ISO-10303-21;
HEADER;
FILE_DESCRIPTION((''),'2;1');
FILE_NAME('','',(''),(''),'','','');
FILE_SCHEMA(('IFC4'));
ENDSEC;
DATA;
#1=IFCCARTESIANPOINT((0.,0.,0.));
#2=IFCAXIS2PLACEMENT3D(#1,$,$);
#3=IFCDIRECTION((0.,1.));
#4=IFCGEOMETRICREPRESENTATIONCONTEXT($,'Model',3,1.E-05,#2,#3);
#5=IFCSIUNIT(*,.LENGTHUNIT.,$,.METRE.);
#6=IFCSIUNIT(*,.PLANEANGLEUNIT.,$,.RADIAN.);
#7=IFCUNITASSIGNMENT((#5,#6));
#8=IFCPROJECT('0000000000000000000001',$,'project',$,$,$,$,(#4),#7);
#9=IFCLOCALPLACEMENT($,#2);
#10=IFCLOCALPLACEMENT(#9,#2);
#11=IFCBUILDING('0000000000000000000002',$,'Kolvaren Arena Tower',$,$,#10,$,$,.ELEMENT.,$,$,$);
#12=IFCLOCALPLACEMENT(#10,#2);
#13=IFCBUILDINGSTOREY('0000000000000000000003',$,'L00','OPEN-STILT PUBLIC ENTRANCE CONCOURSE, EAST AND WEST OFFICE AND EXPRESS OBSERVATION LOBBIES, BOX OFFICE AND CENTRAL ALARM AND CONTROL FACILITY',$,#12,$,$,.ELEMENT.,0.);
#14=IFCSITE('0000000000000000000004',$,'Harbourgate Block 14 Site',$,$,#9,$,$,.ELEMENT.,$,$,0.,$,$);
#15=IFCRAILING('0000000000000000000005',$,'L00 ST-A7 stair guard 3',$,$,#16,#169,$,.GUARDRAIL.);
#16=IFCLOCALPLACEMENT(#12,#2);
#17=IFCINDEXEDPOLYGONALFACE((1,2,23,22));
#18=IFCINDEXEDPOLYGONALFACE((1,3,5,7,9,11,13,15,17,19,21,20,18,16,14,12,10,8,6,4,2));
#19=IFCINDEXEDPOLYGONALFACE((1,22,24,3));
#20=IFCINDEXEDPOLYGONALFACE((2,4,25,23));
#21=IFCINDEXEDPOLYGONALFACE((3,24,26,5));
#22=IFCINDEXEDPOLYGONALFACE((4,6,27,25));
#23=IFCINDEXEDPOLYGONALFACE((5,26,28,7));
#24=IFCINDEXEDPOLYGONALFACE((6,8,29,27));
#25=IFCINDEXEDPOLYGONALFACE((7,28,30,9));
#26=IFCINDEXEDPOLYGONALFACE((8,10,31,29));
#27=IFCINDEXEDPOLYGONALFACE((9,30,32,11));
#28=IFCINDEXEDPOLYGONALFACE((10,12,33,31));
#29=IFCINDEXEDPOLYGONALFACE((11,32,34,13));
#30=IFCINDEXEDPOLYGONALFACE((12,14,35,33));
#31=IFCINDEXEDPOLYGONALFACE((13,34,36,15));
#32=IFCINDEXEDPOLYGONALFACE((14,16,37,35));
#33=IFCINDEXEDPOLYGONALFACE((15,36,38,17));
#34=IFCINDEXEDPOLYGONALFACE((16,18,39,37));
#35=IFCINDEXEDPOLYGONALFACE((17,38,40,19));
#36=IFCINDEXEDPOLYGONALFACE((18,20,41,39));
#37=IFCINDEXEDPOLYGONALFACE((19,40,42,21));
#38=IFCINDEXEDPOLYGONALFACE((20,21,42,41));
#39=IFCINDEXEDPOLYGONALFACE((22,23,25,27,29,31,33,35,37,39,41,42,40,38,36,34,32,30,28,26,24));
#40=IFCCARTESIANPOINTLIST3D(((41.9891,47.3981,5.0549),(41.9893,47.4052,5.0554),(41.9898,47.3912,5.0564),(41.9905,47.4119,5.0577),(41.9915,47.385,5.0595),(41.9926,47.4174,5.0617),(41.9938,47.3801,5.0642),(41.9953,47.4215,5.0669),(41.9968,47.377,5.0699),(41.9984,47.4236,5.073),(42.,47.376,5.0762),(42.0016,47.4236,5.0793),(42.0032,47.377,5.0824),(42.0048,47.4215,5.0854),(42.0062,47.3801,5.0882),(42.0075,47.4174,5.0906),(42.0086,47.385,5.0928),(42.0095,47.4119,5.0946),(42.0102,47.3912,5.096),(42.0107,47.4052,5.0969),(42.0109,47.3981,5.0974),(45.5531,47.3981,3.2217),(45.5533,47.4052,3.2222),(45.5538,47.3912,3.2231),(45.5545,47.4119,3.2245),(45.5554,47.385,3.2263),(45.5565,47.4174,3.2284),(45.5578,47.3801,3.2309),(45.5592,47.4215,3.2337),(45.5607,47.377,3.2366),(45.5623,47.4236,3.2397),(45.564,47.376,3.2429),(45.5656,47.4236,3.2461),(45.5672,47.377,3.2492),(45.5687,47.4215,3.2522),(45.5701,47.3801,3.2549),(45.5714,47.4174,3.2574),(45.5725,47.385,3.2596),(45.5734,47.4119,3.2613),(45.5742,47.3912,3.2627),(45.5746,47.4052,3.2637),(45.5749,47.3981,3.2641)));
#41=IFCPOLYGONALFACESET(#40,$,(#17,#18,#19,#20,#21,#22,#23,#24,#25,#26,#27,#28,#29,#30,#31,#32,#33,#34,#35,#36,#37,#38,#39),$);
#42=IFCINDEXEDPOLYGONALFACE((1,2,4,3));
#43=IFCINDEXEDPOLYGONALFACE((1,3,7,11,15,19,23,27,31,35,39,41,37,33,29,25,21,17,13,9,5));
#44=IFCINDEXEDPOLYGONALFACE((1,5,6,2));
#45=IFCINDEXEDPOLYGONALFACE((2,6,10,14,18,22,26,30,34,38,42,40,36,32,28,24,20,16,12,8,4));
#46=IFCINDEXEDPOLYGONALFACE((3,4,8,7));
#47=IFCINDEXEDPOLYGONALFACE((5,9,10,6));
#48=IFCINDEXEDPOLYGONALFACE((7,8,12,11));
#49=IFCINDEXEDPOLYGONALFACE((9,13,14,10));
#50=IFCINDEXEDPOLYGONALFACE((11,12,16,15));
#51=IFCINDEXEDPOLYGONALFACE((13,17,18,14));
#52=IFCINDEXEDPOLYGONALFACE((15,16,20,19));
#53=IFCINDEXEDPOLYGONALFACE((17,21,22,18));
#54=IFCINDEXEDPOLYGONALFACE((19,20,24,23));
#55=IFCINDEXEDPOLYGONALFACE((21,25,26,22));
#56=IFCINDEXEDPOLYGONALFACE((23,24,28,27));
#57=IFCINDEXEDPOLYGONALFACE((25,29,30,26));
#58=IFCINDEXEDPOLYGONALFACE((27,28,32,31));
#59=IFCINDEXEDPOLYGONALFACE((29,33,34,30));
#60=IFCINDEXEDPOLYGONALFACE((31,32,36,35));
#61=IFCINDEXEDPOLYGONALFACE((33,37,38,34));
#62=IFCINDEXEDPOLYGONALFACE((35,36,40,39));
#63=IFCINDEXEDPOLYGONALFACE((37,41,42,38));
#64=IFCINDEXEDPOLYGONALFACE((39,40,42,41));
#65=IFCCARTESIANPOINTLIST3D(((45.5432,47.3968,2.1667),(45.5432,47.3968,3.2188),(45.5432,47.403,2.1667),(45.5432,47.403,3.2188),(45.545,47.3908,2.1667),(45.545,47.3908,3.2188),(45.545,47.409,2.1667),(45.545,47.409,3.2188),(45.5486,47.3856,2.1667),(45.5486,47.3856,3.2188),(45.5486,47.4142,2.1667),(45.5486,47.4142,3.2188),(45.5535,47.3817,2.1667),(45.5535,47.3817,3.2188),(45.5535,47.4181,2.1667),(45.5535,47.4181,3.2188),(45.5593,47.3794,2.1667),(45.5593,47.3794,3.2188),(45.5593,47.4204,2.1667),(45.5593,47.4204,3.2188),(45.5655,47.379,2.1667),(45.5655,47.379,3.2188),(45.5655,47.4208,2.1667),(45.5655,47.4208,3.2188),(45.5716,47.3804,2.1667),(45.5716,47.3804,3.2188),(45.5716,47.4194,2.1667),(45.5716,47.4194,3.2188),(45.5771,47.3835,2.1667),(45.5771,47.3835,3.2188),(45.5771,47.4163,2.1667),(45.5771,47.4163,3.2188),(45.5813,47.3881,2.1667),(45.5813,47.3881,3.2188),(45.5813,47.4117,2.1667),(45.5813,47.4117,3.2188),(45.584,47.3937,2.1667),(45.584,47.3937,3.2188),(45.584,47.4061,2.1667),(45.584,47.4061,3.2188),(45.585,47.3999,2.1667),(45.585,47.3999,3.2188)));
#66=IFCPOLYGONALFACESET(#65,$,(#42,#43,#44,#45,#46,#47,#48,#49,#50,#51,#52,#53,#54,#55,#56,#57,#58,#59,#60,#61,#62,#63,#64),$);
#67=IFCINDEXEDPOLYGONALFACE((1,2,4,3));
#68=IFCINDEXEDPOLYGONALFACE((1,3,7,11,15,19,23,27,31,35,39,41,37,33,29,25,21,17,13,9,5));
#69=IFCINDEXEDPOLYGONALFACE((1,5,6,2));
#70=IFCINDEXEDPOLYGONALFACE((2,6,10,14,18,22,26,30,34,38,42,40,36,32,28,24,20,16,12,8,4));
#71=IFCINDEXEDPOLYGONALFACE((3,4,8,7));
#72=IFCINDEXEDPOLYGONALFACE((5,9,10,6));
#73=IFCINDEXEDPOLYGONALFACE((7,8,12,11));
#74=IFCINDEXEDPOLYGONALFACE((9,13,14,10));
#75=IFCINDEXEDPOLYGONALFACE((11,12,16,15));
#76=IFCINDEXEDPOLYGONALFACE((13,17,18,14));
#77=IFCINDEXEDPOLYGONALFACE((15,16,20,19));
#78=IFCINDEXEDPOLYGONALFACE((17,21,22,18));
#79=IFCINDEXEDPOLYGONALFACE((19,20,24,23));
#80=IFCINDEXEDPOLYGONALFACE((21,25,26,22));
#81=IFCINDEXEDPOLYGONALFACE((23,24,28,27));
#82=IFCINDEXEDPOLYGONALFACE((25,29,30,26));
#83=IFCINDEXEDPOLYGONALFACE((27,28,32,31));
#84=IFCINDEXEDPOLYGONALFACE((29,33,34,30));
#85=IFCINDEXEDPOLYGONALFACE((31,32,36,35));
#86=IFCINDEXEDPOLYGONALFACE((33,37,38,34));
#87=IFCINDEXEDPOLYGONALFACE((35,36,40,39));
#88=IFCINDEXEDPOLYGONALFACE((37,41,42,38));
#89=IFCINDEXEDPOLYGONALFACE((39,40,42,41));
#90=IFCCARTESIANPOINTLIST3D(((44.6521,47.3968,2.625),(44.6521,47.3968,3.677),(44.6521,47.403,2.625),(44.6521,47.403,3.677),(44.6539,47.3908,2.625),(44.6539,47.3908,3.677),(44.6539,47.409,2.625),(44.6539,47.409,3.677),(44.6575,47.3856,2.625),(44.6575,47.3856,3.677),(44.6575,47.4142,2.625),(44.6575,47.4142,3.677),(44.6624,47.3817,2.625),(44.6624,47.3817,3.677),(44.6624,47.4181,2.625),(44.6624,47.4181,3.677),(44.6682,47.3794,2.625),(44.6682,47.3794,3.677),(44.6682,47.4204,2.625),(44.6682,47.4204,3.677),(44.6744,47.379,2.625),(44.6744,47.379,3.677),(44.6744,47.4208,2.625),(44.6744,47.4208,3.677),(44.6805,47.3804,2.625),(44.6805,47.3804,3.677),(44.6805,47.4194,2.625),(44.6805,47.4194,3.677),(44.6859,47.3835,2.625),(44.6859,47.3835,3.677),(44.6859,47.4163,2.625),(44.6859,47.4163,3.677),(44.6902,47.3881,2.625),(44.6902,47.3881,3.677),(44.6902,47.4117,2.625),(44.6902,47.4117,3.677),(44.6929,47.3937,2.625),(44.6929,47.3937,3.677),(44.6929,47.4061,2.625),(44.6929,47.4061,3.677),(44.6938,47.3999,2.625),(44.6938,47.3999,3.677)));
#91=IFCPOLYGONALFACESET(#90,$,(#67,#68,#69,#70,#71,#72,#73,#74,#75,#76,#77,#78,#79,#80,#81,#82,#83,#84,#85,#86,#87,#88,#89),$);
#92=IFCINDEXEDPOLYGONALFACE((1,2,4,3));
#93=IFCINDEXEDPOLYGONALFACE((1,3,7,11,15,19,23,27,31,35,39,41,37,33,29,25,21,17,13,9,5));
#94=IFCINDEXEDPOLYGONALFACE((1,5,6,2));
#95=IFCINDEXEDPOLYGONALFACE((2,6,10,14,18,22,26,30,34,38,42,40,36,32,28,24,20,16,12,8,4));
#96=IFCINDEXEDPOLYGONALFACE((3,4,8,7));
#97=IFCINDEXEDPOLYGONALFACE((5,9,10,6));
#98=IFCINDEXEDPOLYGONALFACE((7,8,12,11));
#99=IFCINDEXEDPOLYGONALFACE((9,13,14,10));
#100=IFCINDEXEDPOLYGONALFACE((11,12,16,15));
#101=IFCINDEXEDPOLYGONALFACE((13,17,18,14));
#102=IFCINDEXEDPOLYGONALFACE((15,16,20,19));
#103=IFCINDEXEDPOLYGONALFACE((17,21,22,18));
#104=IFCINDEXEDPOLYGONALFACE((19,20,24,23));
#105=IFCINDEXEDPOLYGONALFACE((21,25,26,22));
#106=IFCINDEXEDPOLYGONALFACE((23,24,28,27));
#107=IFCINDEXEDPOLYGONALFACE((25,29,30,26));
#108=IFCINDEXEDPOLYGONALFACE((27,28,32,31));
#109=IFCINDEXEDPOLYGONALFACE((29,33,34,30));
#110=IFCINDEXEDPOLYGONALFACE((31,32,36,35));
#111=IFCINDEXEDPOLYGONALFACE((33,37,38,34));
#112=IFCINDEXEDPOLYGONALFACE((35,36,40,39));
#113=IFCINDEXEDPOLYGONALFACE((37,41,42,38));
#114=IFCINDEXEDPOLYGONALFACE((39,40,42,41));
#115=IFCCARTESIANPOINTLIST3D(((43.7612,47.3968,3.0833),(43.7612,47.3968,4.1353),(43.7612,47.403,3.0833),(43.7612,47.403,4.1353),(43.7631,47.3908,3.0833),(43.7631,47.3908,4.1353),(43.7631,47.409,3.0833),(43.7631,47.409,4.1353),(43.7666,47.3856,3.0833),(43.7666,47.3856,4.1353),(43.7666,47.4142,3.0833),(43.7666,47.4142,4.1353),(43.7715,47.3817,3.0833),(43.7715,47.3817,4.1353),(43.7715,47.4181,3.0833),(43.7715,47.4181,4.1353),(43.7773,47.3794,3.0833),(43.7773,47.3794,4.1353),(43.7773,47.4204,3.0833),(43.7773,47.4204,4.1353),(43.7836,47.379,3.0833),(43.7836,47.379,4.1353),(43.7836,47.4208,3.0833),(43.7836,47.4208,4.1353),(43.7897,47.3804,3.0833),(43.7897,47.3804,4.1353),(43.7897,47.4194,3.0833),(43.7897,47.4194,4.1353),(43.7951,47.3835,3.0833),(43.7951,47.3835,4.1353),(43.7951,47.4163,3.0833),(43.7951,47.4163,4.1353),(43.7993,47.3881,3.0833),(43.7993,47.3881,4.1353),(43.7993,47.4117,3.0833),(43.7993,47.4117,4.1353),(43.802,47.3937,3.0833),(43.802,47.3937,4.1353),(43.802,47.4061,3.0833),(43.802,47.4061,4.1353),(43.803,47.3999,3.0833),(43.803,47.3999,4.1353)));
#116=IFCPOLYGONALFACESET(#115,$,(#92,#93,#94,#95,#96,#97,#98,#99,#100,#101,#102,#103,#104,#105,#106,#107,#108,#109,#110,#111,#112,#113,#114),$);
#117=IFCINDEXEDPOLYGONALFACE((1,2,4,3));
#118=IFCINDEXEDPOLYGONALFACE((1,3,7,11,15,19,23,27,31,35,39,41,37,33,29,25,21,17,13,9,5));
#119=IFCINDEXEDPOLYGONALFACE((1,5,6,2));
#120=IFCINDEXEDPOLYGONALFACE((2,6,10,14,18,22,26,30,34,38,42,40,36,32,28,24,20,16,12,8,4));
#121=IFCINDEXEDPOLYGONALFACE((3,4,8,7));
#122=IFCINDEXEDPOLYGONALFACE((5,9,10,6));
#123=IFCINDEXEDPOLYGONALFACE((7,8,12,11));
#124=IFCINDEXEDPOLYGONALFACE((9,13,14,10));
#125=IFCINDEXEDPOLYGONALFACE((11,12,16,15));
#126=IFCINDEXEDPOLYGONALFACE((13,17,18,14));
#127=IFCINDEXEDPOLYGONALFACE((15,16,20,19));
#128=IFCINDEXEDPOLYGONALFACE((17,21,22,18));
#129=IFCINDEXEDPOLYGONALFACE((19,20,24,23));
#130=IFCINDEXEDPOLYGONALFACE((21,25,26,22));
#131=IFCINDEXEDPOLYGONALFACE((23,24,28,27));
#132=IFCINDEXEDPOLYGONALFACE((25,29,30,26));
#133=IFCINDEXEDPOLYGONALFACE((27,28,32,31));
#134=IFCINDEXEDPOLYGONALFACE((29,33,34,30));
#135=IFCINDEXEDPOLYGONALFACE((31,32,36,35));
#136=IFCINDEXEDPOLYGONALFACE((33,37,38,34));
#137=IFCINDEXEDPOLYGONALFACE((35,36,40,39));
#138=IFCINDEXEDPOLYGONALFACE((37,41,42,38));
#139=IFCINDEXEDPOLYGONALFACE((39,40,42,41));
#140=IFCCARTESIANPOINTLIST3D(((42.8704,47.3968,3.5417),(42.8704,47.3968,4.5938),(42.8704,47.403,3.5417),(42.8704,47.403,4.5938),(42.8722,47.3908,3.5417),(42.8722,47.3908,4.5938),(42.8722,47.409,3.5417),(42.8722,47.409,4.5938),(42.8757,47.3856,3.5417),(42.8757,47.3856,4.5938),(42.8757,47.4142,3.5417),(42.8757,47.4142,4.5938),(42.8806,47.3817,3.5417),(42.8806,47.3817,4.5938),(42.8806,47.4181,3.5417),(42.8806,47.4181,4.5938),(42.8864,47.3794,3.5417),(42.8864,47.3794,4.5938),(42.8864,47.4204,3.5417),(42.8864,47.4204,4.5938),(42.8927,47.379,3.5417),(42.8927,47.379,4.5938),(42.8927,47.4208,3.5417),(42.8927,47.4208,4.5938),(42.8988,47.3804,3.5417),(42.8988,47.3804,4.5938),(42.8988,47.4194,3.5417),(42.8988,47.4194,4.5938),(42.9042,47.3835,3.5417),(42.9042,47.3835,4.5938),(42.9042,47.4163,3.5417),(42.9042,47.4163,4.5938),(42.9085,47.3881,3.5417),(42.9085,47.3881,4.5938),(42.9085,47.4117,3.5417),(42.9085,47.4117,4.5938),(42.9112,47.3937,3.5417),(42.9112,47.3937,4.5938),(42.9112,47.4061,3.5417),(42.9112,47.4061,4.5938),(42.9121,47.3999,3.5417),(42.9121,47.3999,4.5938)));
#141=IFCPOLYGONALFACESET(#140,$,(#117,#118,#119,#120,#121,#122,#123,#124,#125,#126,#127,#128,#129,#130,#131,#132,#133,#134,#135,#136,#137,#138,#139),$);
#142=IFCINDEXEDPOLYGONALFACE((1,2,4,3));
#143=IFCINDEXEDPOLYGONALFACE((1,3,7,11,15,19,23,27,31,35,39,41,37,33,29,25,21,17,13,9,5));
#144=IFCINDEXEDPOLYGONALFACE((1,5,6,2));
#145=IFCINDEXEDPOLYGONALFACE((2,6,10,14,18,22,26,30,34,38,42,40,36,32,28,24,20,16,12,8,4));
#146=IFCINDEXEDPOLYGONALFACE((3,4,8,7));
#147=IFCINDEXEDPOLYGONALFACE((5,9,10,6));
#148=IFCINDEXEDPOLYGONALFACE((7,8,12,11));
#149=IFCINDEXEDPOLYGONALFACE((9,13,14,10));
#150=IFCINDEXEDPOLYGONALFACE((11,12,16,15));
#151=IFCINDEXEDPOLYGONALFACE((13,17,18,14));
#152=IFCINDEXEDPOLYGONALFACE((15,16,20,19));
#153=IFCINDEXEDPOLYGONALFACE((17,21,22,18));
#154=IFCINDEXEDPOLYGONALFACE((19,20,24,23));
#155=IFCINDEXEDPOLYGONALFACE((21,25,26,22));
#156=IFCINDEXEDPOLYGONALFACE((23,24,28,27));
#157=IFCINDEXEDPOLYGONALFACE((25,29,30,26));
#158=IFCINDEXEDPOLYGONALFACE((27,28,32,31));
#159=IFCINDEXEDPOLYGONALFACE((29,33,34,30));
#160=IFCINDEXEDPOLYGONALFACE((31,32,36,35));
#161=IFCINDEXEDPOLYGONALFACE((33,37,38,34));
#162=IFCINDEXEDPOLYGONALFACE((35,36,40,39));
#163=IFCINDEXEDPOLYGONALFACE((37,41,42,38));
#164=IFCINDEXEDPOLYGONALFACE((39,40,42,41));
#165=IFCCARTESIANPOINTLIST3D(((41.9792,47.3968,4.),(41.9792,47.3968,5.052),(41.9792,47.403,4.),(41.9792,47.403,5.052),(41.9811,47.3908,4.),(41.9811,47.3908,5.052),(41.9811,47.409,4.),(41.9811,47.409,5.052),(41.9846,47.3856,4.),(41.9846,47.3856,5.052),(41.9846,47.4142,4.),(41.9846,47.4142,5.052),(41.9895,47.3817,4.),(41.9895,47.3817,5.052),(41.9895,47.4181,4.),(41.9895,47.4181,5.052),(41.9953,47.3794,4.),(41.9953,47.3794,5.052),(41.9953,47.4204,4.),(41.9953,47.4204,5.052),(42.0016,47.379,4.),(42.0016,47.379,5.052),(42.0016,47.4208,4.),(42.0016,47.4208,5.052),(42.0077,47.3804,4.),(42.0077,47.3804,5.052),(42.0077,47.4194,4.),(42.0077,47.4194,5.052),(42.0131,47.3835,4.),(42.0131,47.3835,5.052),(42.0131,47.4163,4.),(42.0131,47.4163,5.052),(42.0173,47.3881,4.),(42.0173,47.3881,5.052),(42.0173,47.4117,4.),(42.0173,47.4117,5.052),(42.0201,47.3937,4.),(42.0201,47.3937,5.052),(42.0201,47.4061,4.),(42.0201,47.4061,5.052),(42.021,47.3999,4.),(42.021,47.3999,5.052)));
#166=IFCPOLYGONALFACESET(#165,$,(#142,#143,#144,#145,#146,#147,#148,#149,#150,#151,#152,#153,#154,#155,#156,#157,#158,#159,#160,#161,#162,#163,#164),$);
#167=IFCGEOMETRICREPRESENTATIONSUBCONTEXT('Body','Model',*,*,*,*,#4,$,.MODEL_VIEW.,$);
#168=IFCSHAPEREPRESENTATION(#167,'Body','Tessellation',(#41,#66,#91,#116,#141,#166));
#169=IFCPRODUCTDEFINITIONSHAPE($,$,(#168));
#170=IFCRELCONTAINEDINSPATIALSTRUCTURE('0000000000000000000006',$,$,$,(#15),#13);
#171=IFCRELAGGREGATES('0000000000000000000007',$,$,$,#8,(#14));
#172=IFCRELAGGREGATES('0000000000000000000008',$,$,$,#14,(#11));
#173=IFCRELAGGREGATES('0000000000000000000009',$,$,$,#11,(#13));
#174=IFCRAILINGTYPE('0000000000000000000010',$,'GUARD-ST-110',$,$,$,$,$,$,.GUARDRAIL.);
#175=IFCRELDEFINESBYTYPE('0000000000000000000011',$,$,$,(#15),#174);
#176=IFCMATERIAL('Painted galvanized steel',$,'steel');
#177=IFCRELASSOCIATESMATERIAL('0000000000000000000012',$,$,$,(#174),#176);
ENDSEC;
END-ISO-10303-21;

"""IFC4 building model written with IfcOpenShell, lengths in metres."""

from ifc_helpers import new_model, si_unit, direction, frame, origin, origin_2d, place, context, subcontext, project, spatial, circle, extrude, material, type_object, element, save


model = new_model("IFC4")

# Units and contexts
model_context = context("Model", 3, precision=1e-05, world=origin(), true_north=direction((0.0, 1.0)))
body_context = subcontext(model_context, "Body", "Model", "MODEL_VIEW")
ifc_project = project(units=[si_unit("LENGTHUNIT", "METRE"), si_unit("PLANEANGLEUNIT", "RADIAN")], contexts=[model_context])

# Site, building, storey
site_placement = place(None, origin())
site = spatial("IfcSite", under=ifc_project, at=site_placement, Name="Harbourgate Block 14 Site", CompositionType="ELEMENT", RefElevation=0.0)
building_placement = place(site_placement, origin())
building = spatial("IfcBuilding", under=site, at=building_placement, Name="Kolvaren Arena Tower", CompositionType="ELEMENT")
storey_placement = place(building_placement, origin())
storey = spatial("IfcBuildingStorey", under=building, at=storey_placement, Name="L00", Description="OPEN-STILT PUBLIC ENTRANCE CONCOURSE, EAST AND WEST OFFICE AND EXPRESS OBSERVATION LOBBIES, BOX OFFICE AND CENTRAL ALARM AND CONTROL FACILITY", CompositionType="ELEMENT", Elevation=0.0)

# Railing
ifc_material_1 = material(Name="Painted galvanized steel", Category="steel")
railing_type_1 = type_object("IfcRailingType", Name="GUARD-ST-110", PredefinedType="GUARDRAIL", material=ifc_material_1)
railing_1_placement = place(storey_placement, frame((45.564, 47.3999, 2.1667)))
element("IfcRailing", 1, at=railing_1_placement, inside=storey, type_object=railing_type_1, Name="L00 ST-A7 stair guard 3", PredefinedType="GUARDRAIL", context=body_context, shape_type="SweptSolid", body=[
    extrude(circle(Radius=0.0239, at=origin_2d()), frame((0.0, 0.0, 1.0762), z_axis=(-0.889252, 0.0, 0.457418), x_axis=(0.0, -1.0, 0.0)), (0.0, 0.0, 1.0), 4.0078),
    extrude(circle(Radius=0.021, at=origin_2d()), origin(), (0.0, 0.0, 1.0), 1.052),
    extrude(circle(Radius=0.021, at=origin_2d()), frame((-0.8911, 0.0, 0.4583)), (0.0, 0.0, 1.0), 1.052),
    extrude(circle(Radius=0.021, at=origin_2d()), frame((-1.782, 0.0, 0.9165)), (0.0, 0.0, 1.0), 1.052),
    extrude(circle(Radius=0.021, at=origin_2d()), frame((-2.6729, 0.0, 1.375)), (0.0, 0.0, 1.0), 1.052),
    extrude(circle(Radius=0.021, at=origin_2d()), frame((-3.564, 0.0, 1.8333)), (0.0, 0.0, 1.0), 1.052),
])

save(model, "model.ifc")
